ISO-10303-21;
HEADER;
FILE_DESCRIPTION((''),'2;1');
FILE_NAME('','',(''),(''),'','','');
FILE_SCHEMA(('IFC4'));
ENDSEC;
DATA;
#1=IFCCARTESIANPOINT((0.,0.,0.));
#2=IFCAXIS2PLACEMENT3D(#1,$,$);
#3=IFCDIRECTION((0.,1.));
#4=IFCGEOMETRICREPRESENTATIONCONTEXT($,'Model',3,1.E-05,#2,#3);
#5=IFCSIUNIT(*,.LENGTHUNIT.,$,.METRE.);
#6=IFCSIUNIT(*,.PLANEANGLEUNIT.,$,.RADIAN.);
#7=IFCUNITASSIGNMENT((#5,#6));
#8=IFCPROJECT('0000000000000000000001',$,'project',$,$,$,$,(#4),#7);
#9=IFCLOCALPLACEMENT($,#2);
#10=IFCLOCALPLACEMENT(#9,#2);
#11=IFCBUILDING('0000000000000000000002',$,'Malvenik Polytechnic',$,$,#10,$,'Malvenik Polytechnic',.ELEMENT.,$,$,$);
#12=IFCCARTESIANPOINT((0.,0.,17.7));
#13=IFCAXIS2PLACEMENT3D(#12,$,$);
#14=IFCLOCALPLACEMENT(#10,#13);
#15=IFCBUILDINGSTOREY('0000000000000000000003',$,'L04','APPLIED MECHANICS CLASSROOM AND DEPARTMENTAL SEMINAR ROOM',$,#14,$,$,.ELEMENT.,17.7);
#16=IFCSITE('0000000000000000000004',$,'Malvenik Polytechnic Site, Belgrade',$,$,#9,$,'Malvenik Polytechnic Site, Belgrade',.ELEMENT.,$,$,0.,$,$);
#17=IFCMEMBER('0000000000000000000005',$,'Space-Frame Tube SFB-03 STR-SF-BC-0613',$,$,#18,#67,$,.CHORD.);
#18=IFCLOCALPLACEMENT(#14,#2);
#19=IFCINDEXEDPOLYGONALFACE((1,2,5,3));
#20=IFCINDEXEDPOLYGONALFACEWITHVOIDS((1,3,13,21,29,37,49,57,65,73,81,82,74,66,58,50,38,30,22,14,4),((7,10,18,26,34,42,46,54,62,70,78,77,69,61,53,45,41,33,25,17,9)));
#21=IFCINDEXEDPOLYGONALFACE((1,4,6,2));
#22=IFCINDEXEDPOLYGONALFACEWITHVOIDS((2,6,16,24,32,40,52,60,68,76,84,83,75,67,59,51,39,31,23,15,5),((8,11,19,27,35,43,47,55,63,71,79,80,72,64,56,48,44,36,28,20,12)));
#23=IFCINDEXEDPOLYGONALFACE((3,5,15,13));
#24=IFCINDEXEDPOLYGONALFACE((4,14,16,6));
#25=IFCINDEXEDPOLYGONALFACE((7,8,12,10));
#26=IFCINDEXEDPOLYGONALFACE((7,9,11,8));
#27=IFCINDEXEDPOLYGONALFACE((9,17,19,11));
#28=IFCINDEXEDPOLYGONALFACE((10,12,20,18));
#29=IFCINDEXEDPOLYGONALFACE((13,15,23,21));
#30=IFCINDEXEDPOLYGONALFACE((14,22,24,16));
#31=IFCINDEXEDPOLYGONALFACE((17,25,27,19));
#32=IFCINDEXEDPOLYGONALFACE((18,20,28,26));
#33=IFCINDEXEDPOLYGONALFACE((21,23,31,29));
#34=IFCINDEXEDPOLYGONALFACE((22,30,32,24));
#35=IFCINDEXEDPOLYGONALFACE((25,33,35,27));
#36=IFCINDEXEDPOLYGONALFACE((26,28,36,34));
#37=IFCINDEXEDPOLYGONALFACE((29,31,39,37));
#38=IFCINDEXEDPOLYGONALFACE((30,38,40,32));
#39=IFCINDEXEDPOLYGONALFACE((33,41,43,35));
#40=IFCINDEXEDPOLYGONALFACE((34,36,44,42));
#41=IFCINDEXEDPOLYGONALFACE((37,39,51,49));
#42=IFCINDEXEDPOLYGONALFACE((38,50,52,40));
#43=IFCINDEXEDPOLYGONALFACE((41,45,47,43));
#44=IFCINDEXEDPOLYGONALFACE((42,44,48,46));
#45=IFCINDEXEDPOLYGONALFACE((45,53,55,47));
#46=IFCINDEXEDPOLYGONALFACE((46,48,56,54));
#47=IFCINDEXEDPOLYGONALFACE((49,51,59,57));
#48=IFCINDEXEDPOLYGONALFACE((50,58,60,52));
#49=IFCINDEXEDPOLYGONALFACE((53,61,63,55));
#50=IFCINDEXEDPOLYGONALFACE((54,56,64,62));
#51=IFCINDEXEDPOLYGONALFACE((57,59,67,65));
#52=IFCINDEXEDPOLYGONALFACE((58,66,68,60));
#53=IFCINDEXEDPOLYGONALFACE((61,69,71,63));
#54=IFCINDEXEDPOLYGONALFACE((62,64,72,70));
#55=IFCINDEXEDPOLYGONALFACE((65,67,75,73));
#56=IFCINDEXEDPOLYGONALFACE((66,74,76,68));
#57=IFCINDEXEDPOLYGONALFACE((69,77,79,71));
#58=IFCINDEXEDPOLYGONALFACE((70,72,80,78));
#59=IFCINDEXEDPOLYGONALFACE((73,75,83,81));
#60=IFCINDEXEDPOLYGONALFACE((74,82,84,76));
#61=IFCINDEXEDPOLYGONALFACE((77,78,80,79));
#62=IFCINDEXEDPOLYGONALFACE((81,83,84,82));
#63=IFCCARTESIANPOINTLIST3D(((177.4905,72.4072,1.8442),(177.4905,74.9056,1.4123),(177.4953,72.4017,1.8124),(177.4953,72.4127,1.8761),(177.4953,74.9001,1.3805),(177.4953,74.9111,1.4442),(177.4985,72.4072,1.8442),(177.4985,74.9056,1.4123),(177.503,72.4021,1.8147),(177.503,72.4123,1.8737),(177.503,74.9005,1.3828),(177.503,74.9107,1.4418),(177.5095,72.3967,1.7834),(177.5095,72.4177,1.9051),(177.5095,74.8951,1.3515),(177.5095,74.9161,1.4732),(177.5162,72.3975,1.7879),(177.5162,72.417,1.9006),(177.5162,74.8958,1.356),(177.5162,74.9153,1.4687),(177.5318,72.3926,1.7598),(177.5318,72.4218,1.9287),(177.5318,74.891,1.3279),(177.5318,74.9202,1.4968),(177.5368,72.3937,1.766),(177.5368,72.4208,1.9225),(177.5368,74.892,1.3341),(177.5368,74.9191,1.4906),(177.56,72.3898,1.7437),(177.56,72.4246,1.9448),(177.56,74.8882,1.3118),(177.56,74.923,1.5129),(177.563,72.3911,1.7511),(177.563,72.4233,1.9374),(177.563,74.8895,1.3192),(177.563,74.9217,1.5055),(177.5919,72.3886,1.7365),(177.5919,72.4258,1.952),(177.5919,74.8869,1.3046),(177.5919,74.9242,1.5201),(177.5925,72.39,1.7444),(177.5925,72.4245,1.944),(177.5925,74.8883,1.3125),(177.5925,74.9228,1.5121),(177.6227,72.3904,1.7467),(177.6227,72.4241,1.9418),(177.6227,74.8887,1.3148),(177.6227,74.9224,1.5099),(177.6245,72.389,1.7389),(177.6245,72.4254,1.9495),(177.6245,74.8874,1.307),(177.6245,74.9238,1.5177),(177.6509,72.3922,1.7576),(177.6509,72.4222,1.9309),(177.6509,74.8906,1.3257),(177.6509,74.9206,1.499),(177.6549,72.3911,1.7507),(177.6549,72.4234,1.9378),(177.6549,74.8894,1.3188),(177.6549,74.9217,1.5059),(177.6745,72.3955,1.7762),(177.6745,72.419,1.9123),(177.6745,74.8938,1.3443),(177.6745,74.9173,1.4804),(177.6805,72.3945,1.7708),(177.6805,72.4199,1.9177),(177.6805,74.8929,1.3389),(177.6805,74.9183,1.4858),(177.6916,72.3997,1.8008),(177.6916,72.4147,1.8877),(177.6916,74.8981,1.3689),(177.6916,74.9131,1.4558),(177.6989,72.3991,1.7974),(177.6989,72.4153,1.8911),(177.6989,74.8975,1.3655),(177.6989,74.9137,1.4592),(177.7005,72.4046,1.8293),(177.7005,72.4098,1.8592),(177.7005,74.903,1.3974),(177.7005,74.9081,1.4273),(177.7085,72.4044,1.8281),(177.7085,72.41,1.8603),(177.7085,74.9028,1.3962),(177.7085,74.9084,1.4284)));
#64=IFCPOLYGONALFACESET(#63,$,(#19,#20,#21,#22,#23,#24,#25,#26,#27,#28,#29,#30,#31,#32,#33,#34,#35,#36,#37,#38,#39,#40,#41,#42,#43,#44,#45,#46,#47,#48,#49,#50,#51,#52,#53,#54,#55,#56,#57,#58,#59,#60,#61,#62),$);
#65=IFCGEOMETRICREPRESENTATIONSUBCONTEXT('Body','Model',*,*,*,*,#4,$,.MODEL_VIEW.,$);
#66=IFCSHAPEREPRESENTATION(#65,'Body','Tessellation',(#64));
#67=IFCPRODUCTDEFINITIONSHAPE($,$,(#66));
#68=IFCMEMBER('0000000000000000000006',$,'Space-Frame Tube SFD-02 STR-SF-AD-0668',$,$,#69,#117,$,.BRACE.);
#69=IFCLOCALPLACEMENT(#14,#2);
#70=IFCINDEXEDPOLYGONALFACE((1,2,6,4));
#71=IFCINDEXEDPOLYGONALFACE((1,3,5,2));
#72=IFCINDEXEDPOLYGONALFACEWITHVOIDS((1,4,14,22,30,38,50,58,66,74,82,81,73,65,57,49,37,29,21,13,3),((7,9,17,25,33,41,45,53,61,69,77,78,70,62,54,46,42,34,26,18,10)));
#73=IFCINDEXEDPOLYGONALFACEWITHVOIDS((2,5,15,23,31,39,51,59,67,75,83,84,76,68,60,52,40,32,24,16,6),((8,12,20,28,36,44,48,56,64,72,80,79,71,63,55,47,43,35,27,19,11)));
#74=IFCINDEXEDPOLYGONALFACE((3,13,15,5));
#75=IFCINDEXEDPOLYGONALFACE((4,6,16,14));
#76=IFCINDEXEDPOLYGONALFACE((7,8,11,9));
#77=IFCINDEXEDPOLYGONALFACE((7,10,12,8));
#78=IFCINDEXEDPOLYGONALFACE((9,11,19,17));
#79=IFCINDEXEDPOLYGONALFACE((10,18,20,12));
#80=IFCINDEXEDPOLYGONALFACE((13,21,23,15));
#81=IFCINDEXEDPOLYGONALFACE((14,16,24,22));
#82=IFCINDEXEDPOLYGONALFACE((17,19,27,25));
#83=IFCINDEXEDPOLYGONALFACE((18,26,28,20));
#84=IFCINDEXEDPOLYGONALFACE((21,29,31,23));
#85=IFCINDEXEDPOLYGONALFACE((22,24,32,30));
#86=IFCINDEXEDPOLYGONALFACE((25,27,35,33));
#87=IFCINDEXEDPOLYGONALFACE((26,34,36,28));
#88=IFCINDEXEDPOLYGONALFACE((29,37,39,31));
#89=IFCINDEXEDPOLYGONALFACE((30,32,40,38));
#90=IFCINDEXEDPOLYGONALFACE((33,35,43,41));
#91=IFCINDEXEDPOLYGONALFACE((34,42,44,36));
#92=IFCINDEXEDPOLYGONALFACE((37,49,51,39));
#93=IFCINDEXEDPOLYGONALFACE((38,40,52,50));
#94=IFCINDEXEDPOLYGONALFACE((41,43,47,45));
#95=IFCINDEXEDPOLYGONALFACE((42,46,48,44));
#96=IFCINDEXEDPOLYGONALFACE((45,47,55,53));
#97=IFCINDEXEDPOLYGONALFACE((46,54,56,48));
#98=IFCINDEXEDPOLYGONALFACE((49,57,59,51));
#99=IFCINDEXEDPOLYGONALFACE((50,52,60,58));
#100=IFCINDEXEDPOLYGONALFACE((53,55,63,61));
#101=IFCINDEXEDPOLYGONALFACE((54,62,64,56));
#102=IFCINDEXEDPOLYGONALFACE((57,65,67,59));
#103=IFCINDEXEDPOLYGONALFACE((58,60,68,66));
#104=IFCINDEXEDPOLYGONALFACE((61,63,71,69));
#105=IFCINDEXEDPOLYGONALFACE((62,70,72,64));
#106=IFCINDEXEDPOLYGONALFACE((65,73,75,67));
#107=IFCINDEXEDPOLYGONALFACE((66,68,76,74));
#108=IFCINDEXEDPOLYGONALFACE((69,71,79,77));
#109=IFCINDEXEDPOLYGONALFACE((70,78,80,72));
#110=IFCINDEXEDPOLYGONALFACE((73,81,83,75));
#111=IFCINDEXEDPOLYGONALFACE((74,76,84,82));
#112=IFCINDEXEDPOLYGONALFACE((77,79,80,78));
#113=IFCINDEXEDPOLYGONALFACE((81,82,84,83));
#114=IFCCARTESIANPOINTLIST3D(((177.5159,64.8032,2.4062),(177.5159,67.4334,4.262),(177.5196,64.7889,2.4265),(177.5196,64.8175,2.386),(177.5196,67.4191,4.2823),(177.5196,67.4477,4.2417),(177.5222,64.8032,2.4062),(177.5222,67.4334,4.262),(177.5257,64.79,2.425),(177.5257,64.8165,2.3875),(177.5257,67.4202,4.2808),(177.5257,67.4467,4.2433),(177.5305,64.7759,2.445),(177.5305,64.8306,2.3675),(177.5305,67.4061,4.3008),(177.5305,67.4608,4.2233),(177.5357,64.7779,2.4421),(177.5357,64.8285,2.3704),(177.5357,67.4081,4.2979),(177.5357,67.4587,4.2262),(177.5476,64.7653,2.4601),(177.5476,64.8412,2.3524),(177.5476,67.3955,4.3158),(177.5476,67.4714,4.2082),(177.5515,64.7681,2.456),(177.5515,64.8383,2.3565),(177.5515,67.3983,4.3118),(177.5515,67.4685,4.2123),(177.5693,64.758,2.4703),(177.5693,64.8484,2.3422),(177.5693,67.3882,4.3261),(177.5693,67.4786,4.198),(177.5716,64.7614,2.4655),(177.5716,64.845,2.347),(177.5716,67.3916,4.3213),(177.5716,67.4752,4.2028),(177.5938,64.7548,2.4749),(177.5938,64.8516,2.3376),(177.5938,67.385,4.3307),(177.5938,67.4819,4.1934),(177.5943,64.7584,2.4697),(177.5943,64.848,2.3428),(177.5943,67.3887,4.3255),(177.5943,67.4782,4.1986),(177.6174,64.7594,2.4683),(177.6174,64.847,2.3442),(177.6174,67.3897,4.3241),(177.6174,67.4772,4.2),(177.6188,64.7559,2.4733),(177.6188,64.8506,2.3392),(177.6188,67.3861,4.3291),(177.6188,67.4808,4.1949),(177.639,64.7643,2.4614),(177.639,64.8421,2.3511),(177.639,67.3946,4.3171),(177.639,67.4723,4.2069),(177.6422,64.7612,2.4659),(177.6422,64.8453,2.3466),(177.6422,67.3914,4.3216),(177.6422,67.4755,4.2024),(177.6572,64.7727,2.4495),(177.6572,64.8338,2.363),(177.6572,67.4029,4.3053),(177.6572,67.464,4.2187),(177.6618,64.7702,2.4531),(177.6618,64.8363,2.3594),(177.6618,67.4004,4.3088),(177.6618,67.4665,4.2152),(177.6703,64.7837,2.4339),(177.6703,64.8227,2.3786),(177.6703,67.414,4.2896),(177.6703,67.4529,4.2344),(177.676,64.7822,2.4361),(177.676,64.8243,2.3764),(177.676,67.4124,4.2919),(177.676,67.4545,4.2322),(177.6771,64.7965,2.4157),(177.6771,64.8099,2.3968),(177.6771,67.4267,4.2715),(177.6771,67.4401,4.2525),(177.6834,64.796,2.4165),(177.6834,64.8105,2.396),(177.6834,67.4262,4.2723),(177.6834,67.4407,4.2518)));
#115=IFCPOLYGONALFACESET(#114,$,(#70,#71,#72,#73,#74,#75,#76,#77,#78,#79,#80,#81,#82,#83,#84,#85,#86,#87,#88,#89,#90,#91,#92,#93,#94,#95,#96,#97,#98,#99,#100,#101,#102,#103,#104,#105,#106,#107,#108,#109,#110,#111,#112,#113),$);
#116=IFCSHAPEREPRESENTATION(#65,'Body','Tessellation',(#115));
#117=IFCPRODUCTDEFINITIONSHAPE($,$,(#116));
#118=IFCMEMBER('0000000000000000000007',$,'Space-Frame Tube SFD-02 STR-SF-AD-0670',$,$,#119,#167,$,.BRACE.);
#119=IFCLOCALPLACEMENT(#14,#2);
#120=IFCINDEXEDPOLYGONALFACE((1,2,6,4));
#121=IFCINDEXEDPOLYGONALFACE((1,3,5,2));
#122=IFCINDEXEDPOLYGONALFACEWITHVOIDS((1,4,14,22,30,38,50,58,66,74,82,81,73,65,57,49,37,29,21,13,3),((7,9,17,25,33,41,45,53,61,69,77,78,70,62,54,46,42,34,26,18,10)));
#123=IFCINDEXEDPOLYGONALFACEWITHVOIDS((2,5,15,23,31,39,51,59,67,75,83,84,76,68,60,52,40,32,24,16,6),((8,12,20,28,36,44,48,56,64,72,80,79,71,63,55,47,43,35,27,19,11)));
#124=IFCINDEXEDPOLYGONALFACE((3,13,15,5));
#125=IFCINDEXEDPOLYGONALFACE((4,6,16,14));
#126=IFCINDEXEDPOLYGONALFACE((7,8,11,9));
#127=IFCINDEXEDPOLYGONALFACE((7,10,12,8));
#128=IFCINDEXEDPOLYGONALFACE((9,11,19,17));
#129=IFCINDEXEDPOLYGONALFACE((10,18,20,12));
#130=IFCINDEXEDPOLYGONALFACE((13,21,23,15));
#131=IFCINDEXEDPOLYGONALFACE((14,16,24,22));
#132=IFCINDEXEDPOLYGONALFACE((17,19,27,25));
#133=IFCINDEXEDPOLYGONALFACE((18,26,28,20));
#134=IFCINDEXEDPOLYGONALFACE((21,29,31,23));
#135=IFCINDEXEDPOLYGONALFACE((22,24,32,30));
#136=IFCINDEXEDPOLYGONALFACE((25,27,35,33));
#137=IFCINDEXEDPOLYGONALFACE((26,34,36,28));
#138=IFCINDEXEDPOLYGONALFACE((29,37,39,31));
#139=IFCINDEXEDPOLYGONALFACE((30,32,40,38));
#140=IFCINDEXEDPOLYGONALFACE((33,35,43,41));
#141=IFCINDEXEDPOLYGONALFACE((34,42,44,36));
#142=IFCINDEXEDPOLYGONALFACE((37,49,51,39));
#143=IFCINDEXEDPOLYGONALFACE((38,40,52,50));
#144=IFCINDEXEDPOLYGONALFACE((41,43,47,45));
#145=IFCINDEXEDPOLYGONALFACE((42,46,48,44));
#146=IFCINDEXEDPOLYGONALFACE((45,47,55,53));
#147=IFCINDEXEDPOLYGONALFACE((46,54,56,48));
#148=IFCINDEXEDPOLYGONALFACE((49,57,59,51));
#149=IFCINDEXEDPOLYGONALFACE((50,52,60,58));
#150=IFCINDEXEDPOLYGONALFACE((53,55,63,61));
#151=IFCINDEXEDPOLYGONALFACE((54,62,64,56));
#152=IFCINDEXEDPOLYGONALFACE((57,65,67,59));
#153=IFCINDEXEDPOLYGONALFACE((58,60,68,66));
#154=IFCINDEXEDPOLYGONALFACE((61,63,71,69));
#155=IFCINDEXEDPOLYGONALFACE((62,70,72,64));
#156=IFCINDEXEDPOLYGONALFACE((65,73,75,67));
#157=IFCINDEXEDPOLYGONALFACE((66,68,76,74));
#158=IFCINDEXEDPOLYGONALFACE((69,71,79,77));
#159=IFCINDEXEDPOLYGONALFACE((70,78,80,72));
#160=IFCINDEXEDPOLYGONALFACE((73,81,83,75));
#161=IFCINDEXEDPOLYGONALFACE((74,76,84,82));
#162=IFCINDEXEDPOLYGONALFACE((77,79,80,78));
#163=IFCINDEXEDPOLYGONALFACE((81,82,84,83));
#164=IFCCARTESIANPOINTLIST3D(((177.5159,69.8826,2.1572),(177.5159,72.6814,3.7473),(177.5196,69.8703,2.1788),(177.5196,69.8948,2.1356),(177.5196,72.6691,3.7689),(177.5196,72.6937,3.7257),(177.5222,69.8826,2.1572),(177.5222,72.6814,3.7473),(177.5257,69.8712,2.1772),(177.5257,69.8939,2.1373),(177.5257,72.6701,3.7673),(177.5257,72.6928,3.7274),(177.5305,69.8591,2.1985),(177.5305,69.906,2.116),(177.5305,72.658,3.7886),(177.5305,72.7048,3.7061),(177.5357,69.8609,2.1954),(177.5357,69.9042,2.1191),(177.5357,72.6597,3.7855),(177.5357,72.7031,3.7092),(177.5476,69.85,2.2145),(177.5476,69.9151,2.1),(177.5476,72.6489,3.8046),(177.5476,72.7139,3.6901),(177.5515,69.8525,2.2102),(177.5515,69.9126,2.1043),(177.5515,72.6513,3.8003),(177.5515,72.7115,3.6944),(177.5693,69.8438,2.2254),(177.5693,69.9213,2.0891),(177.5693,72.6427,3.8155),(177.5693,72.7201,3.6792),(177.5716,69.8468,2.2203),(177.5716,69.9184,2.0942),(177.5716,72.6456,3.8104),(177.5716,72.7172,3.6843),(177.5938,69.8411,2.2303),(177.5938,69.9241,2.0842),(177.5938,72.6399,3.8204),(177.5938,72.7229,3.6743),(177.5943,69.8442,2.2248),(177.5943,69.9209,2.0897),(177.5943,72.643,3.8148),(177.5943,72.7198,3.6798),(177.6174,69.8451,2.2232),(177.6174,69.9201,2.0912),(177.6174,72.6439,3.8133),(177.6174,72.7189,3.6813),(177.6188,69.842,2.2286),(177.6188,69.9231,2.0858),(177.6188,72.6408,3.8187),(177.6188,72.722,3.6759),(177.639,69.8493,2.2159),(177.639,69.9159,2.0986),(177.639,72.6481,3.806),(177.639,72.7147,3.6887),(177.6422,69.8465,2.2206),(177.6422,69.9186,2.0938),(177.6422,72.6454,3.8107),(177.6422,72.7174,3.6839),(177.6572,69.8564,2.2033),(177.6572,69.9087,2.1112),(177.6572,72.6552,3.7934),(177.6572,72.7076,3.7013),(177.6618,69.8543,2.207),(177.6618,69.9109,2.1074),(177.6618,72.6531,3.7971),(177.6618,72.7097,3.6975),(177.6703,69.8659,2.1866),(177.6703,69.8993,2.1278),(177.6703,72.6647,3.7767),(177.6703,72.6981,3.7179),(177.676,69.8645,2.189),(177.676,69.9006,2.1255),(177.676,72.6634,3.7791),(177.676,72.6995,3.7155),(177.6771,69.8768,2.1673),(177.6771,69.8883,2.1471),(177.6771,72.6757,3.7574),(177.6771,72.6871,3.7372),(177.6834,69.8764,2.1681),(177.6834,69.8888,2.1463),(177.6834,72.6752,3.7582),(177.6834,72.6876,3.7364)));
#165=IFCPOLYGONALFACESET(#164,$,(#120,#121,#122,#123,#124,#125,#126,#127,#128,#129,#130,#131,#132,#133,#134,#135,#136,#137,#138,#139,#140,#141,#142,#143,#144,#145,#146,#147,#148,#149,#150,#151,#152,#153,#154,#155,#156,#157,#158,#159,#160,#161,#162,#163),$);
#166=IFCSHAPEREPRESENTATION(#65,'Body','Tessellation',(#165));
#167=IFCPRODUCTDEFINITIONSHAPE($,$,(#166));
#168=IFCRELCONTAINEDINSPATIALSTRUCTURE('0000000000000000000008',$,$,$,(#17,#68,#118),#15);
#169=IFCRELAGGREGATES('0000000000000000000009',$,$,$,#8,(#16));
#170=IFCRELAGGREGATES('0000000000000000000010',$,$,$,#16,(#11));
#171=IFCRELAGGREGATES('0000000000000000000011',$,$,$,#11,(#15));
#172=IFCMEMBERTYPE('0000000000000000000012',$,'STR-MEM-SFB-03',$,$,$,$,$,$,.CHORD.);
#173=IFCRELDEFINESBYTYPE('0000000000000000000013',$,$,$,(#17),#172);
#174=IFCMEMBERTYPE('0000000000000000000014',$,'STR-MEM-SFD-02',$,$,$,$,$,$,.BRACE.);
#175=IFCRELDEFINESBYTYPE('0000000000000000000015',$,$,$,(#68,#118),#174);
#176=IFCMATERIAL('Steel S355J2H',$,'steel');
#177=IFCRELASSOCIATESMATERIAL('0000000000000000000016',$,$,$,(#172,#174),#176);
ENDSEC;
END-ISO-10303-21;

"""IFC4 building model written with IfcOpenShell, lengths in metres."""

from ifc_helpers import new_model, si_unit, direction, frame, origin, origin_2d, place, context, subcontext, project, spatial, hollow_circle, extrude, material, material_profile, profile_set, type_object, element, save


model = new_model("IFC4")

# Units and contexts
model_context = context("Model", 3, precision=1e-05, world=origin(), true_north=direction((0.0, 1.0)))
body_context = subcontext(model_context, "Body", "Model", "MODEL_VIEW")
ifc_project = project(units=[si_unit("LENGTHUNIT", "METRE"), si_unit("PLANEANGLEUNIT", "RADIAN")], contexts=[model_context])

# Site, building, storey
site_placement = place(None, origin())
site = spatial("IfcSite", under=ifc_project, at=site_placement, Name="Malvenik Polytechnic Site, Belgrade", LongName="Malvenik Polytechnic Site, Belgrade", CompositionType="ELEMENT", RefElevation=0.0)
building_placement = place(site_placement, origin())
building = spatial("IfcBuilding", under=site, at=building_placement, Name="Malvenik Polytechnic", LongName="Malvenik Polytechnic", CompositionType="ELEMENT")
storey_placement = place(building_placement, frame((0.0, 0.0, 17.7)))
storey = spatial("IfcBuildingStorey", under=building, at=storey_placement, Name="L04", Description="APPLIED MECHANICS CLASSROOM AND DEPARTMENTAL SEMINAR ROOM", CompositionType="ELEMENT", Elevation=17.7)

# Members
ifc_material_1 = material(Name="Steel S355J2H", Category="steel")
ifc_material_profile_1 = material_profile(ifc_material_1, hollow_circle(Radius=0.1096, WallThickness=0.0081, at=origin_2d()), Name="CHS 219.1x8.0")
ifc_profile_set_1 = profile_set([ifc_material_profile_1], Name="Steel S355J2H")
member_type_1 = type_object("IfcMemberType", Name="STR-MEM-SFB-03", PredefinedType="CHORD", material=ifc_profile_set_1)
for number, where, z_axis, x_axis, name in (
    (1, (177.6001, 72.4072, 1.8442), (0.0, 0.985384, -0.170345), (-1.0, 0.0, 0.0), "Space-Frame Tube SFB-03 STR-SF-BC-0613"),
):
    element("IfcMember", number, at=place(storey_placement, frame(where, z_axis=z_axis, x_axis=x_axis)), inside=storey, type_object=member_type_1, Name=name, PredefinedType="CHORD", context=body_context, shape_type="SweptSolid", body=[
        extrude(hollow_circle(Radius=0.1096, WallThickness=0.0081, at=origin_2d()), origin(), (0.0, 0.0, 1.0), 2.5354),
    ])
ifc_material_profile_2 = material_profile(ifc_material_1, hollow_circle(Radius=0.0842, WallThickness=0.0063, at=origin_2d()), Name="CHS 168.3x6.3")
ifc_profile_set_2 = profile_set([ifc_material_profile_2], Name="Steel S355J2H")
member_type_2 = type_object("IfcMemberType", Name="STR-MEM-SFD-02", PredefinedType="BRACE", material=ifc_profile_set_2)
for number, where, z_axis, x_axis, name in (
    (2, (177.6001, 64.8032, 2.4062), (0.0, 0.817092, 0.576507), (-1.0, 0.0, 0.0), "Space-Frame Tube SFD-02 STR-SF-AD-0668"),
    (3, (177.6001, 69.8826, 2.1572), (0.0, 0.869477, 0.493973), (-1.0, 0.0, 0.0), "Space-Frame Tube SFD-02 STR-SF-AD-0670"),
):
    element("IfcMember", number, at=place(storey_placement, frame(where, z_axis=z_axis, x_axis=x_axis)), inside=storey, type_object=member_type_2, Name=name, PredefinedType="BRACE", context=body_context, shape_type="SweptSolid", body=[
        extrude(hollow_circle(Radius=0.0842, WallThickness=0.0063, at=origin_2d()), origin(), (0.0, 0.0, 1.0), 3.219),
    ])

save(model, "model.ifc")
